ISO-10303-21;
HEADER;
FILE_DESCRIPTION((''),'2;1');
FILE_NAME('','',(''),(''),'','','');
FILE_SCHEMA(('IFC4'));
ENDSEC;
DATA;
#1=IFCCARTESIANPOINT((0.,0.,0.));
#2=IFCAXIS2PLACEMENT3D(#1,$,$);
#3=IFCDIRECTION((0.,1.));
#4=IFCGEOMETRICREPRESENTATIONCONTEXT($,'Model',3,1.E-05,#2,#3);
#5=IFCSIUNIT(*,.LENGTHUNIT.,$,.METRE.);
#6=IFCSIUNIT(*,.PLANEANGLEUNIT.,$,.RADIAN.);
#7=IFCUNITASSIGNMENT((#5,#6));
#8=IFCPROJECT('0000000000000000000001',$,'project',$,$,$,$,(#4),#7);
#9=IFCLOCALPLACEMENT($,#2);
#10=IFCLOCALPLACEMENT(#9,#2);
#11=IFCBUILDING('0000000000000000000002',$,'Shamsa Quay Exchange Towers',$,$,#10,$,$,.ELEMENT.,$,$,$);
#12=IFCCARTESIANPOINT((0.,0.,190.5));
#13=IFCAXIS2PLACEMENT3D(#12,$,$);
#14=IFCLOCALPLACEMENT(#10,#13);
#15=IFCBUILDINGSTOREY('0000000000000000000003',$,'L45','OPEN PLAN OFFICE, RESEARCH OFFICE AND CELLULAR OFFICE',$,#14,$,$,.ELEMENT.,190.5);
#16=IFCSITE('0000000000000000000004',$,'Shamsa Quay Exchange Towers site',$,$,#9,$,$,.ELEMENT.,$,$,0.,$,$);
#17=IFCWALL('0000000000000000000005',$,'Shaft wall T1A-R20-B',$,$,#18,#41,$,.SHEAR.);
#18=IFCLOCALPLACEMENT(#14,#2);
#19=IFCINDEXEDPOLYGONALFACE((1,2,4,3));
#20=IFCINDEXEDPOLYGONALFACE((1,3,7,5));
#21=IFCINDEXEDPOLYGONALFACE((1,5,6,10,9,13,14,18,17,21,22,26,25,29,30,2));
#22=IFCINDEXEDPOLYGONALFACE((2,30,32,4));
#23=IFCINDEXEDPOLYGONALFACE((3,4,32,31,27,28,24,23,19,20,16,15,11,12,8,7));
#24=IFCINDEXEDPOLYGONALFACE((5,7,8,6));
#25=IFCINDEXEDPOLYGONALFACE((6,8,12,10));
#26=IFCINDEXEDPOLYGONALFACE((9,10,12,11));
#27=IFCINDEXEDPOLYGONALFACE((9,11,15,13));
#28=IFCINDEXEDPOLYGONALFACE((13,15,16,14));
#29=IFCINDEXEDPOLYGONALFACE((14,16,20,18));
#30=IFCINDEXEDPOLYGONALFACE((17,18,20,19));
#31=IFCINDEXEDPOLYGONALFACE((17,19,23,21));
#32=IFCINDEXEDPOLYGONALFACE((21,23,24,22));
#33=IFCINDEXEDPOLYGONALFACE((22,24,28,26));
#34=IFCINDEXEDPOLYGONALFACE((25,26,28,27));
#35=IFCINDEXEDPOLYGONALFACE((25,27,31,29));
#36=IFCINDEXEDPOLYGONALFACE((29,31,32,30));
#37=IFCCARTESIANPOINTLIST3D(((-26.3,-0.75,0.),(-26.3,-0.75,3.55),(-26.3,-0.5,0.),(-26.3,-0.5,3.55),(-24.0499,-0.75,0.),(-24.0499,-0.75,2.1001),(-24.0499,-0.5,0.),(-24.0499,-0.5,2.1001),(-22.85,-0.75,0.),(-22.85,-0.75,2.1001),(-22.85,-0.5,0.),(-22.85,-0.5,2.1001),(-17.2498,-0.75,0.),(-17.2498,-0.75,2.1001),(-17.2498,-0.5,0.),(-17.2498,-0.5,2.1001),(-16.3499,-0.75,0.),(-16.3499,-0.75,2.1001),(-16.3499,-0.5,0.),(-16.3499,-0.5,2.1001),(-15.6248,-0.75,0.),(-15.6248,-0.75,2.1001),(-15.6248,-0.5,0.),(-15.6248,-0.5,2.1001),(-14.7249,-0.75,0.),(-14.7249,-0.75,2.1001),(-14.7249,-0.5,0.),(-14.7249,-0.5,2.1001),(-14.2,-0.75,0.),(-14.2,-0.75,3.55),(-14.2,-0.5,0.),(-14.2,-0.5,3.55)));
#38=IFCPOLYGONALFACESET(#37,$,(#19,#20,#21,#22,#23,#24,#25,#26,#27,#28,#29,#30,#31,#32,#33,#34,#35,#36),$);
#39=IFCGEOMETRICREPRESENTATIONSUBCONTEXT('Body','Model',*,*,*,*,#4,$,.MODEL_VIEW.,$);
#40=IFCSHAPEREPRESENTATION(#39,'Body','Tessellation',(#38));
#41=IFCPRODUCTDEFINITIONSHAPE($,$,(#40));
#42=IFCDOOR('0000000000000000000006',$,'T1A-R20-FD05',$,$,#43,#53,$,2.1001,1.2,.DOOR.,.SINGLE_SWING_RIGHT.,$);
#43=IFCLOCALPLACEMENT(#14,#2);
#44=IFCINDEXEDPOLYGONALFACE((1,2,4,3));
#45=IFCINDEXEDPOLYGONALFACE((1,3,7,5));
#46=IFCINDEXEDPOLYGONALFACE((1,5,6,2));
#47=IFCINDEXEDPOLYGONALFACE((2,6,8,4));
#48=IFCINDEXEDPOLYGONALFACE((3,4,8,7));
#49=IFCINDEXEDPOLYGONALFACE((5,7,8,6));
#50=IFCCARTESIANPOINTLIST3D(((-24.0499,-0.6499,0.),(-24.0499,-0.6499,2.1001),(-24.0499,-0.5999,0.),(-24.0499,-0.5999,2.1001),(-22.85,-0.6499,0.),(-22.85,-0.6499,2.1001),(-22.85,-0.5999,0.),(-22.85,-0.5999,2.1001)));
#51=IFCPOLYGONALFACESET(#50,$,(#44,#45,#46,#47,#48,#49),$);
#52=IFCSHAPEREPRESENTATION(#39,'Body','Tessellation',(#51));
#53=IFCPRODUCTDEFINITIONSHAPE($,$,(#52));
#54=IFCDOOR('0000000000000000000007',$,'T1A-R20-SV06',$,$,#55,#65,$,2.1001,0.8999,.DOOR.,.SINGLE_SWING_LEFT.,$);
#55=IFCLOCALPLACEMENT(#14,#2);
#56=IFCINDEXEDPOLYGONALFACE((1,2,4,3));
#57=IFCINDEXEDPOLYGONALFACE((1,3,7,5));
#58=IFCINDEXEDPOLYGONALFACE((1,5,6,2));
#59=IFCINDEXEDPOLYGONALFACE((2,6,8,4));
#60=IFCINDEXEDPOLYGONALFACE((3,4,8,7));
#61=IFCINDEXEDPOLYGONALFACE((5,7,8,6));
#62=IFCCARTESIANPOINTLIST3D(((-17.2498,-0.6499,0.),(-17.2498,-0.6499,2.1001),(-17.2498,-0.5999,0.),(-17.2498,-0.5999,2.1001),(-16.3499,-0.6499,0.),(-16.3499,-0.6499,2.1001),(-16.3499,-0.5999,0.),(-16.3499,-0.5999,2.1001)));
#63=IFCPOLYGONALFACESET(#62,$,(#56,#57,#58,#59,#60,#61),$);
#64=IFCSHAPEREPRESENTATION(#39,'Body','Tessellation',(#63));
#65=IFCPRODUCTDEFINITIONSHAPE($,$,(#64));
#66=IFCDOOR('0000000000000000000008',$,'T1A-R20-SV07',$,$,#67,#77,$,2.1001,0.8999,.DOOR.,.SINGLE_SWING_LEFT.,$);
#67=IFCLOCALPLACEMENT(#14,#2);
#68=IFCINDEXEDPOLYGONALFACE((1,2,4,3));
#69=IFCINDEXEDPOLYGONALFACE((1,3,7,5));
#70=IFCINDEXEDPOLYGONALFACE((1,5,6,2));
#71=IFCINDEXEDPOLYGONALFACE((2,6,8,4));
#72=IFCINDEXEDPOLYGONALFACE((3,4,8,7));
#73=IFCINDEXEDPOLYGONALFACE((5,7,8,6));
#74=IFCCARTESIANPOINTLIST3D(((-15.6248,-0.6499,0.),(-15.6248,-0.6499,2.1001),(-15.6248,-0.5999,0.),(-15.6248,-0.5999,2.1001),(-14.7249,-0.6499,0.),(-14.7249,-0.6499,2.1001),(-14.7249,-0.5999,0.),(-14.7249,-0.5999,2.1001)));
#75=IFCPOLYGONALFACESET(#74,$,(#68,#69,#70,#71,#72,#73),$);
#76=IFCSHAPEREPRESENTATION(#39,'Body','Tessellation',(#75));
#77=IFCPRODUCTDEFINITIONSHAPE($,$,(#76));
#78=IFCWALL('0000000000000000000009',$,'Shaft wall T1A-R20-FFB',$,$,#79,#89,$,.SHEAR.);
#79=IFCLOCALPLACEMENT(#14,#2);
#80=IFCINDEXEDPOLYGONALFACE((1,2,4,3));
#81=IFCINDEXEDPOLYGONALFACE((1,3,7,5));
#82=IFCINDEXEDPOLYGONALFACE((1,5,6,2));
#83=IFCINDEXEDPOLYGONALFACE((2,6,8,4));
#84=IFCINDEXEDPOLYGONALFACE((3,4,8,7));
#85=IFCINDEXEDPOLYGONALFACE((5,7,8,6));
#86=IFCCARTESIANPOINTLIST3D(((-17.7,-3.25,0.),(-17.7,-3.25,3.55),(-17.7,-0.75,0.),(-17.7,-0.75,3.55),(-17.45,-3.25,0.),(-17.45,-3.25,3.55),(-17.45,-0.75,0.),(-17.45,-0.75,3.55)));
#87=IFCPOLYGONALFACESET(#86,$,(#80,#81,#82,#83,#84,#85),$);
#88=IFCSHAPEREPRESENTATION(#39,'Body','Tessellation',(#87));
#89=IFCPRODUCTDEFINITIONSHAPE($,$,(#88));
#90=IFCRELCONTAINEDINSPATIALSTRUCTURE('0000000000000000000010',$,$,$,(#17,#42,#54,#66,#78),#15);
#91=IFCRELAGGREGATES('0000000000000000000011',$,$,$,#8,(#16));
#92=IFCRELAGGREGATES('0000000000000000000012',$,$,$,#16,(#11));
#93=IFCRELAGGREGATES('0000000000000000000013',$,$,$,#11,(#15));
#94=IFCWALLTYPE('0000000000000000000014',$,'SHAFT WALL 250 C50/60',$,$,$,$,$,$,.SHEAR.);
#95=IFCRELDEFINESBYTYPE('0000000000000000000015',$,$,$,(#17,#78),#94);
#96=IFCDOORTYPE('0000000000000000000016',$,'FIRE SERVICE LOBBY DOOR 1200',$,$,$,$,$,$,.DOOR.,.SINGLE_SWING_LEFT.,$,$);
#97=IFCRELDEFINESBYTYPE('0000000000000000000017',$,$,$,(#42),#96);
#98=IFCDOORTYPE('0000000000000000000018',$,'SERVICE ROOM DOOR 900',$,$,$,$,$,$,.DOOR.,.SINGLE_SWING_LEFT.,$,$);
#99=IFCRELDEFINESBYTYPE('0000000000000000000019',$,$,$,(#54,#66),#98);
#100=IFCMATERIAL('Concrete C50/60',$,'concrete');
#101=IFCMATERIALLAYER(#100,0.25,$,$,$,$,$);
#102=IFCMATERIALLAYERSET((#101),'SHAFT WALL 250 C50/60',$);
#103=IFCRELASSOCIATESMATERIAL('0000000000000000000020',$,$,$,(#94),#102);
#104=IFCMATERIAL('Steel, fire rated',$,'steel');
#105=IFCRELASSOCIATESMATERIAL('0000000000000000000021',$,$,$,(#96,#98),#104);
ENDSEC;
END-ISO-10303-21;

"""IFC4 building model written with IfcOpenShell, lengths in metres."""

from ifc_helpers import new_model, si_unit, direction, frame, frame_2d, origin, place, context, subcontext, project, spatial, rectangle, extrude, material, layer, layer_set, type_object, element, fill, save


model = new_model("IFC4")

# Units and contexts
model_context = context("Model", 3, precision=1e-05, world=origin(), true_north=direction((0.0, 1.0)))
body_context = subcontext(model_context, "Body", "Model", "MODEL_VIEW")
ifc_project = project(units=[si_unit("LENGTHUNIT", "METRE"), si_unit("PLANEANGLEUNIT", "RADIAN")], contexts=[model_context])

# Site, building, storey
site_placement = place(None, origin())
site = spatial("IfcSite", under=ifc_project, at=site_placement, Name="Shamsa Quay Exchange Towers site", CompositionType="ELEMENT", RefElevation=0.0)
building_placement = place(site_placement, origin())
building = spatial("IfcBuilding", under=site, at=building_placement, Name="Shamsa Quay Exchange Towers", CompositionType="ELEMENT")
storey_placement = place(building_placement, frame((0.0, 0.0, 190.5)))
storey = spatial("IfcBuildingStorey", under=building, at=storey_placement, Name="L45", Description="OPEN PLAN OFFICE, RESEARCH OFFICE AND CELLULAR OFFICE", CompositionType="ELEMENT", Elevation=190.5)

# Shared definitions
ifc_material_1 = material(Name="Concrete C50/60", Category="concrete")
ifc_layer_1 = layer(ifc_material_1, 0.25)
ifc_layer_set_1 = layer_set([ifc_layer_1], Name="SHAFT WALL 250 C50/60")
wall_type_1 = type_object("IfcWallType", Name="SHAFT WALL 250 C50/60", PredefinedType="SHEAR", material=ifc_layer_set_1)
ifc_material_2 = material(Name="Steel, fire rated", Category="steel")

# Wall, openings, doors
wall_1_placement = place(storey_placement, frame((-14.2, -0.625, 0.0), z_axis=(0.0, 0.0, 1.0), x_axis=(-1.0, 0.0, 0.0)))
wall_1 = element("IfcWall", 1, at=wall_1_placement, inside=storey, type_object=wall_type_1, Name="Shaft wall T1A-R20-B", PredefinedType="SHEAR", context=body_context, shape_type="SweptSolid", body=[
    extrude(rectangle(XDim=12.1001, YDim=0.25, at=frame_2d((6.05, 0.0))), origin(), (0.0, 0.0, 1.0), 3.55),
])
opening_1_placement = place(wall_1_placement, frame((8.6499, 0.0, 0.0)))
opening_1 = element("IfcOpeningElement", 2, at=opening_1_placement, cuts=wall_1, PredefinedType="OPENING", context=body_context, shape_type="SweptSolid", body=[
    extrude(rectangle(XDim=1.2, YDim=2.1001, at=frame_2d((0.6001, 1.05))), frame((0.0, 0.135, 0.0), z_axis=(0.0, -1.0, 0.0), x_axis=(1.0, 0.0, 0.0)), (0.0, 0.0, 1.0), 0.27),
])
opening_2_placement = place(wall_1_placement, frame((2.1499, 0.0, 0.0)))
opening_2 = element("IfcOpeningElement", 3, at=opening_2_placement, cuts=wall_1, PredefinedType="OPENING", context=body_context, shape_type="SweptSolid", body=[
    extrude(rectangle(XDim=0.8999, YDim=2.1001, at=frame_2d((0.45, 1.05))), frame((0.0, 0.135, 0.0), z_axis=(0.0, -1.0, 0.0), x_axis=(1.0, 0.0, 0.0)), (0.0, 0.0, 1.0), 0.27),
])
opening_3_placement = place(wall_1_placement, frame((0.5249, 0.0, 0.0)))
opening_3 = element("IfcOpeningElement", 4, at=opening_3_placement, cuts=wall_1, PredefinedType="OPENING", context=body_context, shape_type="SweptSolid", body=[
    extrude(rectangle(XDim=0.8999, YDim=2.1001, at=frame_2d((0.45, 1.05))), frame((0.0, 0.135, 0.0), z_axis=(0.0, -1.0, 0.0), x_axis=(1.0, 0.0, 0.0)), (0.0, 0.0, 1.0), 0.27),
])
door_type_1 = type_object("IfcDoorType", Name="FIRE SERVICE LOBBY DOOR 1200", OperationType="SINGLE_SWING_LEFT", PredefinedType="DOOR", material=ifc_material_2)
door_1_placement = place(opening_1_placement, origin())
door_1 = element("IfcDoor", 5, at=door_1_placement, inside=storey, type_object=door_type_1, Name="T1A-R20-FD05", OperationType="SINGLE_SWING_RIGHT", OverallHeight=2.1001, OverallWidth=1.2, PredefinedType="DOOR", context=body_context, shape_type="SweptSolid", body=[
    extrude(rectangle(XDim=1.2, YDim=2.1001, at=frame_2d((0.6001, 1.05))), frame((0.0, 0.0249, 0.0), z_axis=(0.0, -1.0, 0.0), x_axis=(1.0, 0.0, 0.0)), (0.0, 0.0, 1.0), 0.05),
])
fill(opening_1, door_1)
door_type_2 = type_object("IfcDoorType", Name="SERVICE ROOM DOOR 900", OperationType="SINGLE_SWING_LEFT", PredefinedType="DOOR", material=ifc_material_2)
door_2_placement = place(opening_2_placement, origin())
door_2 = element("IfcDoor", 6, at=door_2_placement, inside=storey, type_object=door_type_2, Name="T1A-R20-SV06", OperationType="SINGLE_SWING_LEFT", OverallHeight=2.1001, OverallWidth=0.8999, PredefinedType="DOOR", context=body_context, shape_type="SweptSolid", body=[
    extrude(rectangle(XDim=0.8999, YDim=2.1001, at=frame_2d((0.45, 1.05))), frame((0.0, 0.0249, 0.0), z_axis=(0.0, -1.0, 0.0), x_axis=(1.0, 0.0, 0.0)), (0.0, 0.0, 1.0), 0.05),
])
fill(opening_2, door_2)
door_3_placement = place(opening_3_placement, origin())
door_3 = element("IfcDoor", 7, at=door_3_placement, inside=storey, type_object=door_type_2, Name="T1A-R20-SV07", OperationType="SINGLE_SWING_LEFT", OverallHeight=2.1001, OverallWidth=0.8999, PredefinedType="DOOR", context=body_context, shape_type="SweptSolid", body=[
    extrude(rectangle(XDim=0.8999, YDim=2.1001, at=frame_2d((0.45, 1.05))), frame((0.0, 0.0249, 0.0), z_axis=(0.0, -1.0, 0.0), x_axis=(1.0, 0.0, 0.0)), (0.0, 0.0, 1.0), 0.05),
])
fill(opening_3, door_3)

# Wall
wall_2_placement = place(storey_placement, frame((-17.575, -3.25, 0.0), z_axis=(0.0, 0.0, 1.0), x_axis=(0.0, 1.0, 0.0)))
element("IfcWall", 8, at=wall_2_placement, inside=storey, type_object=wall_type_1, Name="Shaft wall T1A-R20-FFB", PredefinedType="SHEAR", context=body_context, shape_type="SweptSolid", body=[
    extrude(rectangle(XDim=2.5, YDim=0.25, at=frame_2d((1.25, 0.0))), origin(), (0.0, 0.0, 1.0), 3.55),
])

save(model, "model.ifc")
